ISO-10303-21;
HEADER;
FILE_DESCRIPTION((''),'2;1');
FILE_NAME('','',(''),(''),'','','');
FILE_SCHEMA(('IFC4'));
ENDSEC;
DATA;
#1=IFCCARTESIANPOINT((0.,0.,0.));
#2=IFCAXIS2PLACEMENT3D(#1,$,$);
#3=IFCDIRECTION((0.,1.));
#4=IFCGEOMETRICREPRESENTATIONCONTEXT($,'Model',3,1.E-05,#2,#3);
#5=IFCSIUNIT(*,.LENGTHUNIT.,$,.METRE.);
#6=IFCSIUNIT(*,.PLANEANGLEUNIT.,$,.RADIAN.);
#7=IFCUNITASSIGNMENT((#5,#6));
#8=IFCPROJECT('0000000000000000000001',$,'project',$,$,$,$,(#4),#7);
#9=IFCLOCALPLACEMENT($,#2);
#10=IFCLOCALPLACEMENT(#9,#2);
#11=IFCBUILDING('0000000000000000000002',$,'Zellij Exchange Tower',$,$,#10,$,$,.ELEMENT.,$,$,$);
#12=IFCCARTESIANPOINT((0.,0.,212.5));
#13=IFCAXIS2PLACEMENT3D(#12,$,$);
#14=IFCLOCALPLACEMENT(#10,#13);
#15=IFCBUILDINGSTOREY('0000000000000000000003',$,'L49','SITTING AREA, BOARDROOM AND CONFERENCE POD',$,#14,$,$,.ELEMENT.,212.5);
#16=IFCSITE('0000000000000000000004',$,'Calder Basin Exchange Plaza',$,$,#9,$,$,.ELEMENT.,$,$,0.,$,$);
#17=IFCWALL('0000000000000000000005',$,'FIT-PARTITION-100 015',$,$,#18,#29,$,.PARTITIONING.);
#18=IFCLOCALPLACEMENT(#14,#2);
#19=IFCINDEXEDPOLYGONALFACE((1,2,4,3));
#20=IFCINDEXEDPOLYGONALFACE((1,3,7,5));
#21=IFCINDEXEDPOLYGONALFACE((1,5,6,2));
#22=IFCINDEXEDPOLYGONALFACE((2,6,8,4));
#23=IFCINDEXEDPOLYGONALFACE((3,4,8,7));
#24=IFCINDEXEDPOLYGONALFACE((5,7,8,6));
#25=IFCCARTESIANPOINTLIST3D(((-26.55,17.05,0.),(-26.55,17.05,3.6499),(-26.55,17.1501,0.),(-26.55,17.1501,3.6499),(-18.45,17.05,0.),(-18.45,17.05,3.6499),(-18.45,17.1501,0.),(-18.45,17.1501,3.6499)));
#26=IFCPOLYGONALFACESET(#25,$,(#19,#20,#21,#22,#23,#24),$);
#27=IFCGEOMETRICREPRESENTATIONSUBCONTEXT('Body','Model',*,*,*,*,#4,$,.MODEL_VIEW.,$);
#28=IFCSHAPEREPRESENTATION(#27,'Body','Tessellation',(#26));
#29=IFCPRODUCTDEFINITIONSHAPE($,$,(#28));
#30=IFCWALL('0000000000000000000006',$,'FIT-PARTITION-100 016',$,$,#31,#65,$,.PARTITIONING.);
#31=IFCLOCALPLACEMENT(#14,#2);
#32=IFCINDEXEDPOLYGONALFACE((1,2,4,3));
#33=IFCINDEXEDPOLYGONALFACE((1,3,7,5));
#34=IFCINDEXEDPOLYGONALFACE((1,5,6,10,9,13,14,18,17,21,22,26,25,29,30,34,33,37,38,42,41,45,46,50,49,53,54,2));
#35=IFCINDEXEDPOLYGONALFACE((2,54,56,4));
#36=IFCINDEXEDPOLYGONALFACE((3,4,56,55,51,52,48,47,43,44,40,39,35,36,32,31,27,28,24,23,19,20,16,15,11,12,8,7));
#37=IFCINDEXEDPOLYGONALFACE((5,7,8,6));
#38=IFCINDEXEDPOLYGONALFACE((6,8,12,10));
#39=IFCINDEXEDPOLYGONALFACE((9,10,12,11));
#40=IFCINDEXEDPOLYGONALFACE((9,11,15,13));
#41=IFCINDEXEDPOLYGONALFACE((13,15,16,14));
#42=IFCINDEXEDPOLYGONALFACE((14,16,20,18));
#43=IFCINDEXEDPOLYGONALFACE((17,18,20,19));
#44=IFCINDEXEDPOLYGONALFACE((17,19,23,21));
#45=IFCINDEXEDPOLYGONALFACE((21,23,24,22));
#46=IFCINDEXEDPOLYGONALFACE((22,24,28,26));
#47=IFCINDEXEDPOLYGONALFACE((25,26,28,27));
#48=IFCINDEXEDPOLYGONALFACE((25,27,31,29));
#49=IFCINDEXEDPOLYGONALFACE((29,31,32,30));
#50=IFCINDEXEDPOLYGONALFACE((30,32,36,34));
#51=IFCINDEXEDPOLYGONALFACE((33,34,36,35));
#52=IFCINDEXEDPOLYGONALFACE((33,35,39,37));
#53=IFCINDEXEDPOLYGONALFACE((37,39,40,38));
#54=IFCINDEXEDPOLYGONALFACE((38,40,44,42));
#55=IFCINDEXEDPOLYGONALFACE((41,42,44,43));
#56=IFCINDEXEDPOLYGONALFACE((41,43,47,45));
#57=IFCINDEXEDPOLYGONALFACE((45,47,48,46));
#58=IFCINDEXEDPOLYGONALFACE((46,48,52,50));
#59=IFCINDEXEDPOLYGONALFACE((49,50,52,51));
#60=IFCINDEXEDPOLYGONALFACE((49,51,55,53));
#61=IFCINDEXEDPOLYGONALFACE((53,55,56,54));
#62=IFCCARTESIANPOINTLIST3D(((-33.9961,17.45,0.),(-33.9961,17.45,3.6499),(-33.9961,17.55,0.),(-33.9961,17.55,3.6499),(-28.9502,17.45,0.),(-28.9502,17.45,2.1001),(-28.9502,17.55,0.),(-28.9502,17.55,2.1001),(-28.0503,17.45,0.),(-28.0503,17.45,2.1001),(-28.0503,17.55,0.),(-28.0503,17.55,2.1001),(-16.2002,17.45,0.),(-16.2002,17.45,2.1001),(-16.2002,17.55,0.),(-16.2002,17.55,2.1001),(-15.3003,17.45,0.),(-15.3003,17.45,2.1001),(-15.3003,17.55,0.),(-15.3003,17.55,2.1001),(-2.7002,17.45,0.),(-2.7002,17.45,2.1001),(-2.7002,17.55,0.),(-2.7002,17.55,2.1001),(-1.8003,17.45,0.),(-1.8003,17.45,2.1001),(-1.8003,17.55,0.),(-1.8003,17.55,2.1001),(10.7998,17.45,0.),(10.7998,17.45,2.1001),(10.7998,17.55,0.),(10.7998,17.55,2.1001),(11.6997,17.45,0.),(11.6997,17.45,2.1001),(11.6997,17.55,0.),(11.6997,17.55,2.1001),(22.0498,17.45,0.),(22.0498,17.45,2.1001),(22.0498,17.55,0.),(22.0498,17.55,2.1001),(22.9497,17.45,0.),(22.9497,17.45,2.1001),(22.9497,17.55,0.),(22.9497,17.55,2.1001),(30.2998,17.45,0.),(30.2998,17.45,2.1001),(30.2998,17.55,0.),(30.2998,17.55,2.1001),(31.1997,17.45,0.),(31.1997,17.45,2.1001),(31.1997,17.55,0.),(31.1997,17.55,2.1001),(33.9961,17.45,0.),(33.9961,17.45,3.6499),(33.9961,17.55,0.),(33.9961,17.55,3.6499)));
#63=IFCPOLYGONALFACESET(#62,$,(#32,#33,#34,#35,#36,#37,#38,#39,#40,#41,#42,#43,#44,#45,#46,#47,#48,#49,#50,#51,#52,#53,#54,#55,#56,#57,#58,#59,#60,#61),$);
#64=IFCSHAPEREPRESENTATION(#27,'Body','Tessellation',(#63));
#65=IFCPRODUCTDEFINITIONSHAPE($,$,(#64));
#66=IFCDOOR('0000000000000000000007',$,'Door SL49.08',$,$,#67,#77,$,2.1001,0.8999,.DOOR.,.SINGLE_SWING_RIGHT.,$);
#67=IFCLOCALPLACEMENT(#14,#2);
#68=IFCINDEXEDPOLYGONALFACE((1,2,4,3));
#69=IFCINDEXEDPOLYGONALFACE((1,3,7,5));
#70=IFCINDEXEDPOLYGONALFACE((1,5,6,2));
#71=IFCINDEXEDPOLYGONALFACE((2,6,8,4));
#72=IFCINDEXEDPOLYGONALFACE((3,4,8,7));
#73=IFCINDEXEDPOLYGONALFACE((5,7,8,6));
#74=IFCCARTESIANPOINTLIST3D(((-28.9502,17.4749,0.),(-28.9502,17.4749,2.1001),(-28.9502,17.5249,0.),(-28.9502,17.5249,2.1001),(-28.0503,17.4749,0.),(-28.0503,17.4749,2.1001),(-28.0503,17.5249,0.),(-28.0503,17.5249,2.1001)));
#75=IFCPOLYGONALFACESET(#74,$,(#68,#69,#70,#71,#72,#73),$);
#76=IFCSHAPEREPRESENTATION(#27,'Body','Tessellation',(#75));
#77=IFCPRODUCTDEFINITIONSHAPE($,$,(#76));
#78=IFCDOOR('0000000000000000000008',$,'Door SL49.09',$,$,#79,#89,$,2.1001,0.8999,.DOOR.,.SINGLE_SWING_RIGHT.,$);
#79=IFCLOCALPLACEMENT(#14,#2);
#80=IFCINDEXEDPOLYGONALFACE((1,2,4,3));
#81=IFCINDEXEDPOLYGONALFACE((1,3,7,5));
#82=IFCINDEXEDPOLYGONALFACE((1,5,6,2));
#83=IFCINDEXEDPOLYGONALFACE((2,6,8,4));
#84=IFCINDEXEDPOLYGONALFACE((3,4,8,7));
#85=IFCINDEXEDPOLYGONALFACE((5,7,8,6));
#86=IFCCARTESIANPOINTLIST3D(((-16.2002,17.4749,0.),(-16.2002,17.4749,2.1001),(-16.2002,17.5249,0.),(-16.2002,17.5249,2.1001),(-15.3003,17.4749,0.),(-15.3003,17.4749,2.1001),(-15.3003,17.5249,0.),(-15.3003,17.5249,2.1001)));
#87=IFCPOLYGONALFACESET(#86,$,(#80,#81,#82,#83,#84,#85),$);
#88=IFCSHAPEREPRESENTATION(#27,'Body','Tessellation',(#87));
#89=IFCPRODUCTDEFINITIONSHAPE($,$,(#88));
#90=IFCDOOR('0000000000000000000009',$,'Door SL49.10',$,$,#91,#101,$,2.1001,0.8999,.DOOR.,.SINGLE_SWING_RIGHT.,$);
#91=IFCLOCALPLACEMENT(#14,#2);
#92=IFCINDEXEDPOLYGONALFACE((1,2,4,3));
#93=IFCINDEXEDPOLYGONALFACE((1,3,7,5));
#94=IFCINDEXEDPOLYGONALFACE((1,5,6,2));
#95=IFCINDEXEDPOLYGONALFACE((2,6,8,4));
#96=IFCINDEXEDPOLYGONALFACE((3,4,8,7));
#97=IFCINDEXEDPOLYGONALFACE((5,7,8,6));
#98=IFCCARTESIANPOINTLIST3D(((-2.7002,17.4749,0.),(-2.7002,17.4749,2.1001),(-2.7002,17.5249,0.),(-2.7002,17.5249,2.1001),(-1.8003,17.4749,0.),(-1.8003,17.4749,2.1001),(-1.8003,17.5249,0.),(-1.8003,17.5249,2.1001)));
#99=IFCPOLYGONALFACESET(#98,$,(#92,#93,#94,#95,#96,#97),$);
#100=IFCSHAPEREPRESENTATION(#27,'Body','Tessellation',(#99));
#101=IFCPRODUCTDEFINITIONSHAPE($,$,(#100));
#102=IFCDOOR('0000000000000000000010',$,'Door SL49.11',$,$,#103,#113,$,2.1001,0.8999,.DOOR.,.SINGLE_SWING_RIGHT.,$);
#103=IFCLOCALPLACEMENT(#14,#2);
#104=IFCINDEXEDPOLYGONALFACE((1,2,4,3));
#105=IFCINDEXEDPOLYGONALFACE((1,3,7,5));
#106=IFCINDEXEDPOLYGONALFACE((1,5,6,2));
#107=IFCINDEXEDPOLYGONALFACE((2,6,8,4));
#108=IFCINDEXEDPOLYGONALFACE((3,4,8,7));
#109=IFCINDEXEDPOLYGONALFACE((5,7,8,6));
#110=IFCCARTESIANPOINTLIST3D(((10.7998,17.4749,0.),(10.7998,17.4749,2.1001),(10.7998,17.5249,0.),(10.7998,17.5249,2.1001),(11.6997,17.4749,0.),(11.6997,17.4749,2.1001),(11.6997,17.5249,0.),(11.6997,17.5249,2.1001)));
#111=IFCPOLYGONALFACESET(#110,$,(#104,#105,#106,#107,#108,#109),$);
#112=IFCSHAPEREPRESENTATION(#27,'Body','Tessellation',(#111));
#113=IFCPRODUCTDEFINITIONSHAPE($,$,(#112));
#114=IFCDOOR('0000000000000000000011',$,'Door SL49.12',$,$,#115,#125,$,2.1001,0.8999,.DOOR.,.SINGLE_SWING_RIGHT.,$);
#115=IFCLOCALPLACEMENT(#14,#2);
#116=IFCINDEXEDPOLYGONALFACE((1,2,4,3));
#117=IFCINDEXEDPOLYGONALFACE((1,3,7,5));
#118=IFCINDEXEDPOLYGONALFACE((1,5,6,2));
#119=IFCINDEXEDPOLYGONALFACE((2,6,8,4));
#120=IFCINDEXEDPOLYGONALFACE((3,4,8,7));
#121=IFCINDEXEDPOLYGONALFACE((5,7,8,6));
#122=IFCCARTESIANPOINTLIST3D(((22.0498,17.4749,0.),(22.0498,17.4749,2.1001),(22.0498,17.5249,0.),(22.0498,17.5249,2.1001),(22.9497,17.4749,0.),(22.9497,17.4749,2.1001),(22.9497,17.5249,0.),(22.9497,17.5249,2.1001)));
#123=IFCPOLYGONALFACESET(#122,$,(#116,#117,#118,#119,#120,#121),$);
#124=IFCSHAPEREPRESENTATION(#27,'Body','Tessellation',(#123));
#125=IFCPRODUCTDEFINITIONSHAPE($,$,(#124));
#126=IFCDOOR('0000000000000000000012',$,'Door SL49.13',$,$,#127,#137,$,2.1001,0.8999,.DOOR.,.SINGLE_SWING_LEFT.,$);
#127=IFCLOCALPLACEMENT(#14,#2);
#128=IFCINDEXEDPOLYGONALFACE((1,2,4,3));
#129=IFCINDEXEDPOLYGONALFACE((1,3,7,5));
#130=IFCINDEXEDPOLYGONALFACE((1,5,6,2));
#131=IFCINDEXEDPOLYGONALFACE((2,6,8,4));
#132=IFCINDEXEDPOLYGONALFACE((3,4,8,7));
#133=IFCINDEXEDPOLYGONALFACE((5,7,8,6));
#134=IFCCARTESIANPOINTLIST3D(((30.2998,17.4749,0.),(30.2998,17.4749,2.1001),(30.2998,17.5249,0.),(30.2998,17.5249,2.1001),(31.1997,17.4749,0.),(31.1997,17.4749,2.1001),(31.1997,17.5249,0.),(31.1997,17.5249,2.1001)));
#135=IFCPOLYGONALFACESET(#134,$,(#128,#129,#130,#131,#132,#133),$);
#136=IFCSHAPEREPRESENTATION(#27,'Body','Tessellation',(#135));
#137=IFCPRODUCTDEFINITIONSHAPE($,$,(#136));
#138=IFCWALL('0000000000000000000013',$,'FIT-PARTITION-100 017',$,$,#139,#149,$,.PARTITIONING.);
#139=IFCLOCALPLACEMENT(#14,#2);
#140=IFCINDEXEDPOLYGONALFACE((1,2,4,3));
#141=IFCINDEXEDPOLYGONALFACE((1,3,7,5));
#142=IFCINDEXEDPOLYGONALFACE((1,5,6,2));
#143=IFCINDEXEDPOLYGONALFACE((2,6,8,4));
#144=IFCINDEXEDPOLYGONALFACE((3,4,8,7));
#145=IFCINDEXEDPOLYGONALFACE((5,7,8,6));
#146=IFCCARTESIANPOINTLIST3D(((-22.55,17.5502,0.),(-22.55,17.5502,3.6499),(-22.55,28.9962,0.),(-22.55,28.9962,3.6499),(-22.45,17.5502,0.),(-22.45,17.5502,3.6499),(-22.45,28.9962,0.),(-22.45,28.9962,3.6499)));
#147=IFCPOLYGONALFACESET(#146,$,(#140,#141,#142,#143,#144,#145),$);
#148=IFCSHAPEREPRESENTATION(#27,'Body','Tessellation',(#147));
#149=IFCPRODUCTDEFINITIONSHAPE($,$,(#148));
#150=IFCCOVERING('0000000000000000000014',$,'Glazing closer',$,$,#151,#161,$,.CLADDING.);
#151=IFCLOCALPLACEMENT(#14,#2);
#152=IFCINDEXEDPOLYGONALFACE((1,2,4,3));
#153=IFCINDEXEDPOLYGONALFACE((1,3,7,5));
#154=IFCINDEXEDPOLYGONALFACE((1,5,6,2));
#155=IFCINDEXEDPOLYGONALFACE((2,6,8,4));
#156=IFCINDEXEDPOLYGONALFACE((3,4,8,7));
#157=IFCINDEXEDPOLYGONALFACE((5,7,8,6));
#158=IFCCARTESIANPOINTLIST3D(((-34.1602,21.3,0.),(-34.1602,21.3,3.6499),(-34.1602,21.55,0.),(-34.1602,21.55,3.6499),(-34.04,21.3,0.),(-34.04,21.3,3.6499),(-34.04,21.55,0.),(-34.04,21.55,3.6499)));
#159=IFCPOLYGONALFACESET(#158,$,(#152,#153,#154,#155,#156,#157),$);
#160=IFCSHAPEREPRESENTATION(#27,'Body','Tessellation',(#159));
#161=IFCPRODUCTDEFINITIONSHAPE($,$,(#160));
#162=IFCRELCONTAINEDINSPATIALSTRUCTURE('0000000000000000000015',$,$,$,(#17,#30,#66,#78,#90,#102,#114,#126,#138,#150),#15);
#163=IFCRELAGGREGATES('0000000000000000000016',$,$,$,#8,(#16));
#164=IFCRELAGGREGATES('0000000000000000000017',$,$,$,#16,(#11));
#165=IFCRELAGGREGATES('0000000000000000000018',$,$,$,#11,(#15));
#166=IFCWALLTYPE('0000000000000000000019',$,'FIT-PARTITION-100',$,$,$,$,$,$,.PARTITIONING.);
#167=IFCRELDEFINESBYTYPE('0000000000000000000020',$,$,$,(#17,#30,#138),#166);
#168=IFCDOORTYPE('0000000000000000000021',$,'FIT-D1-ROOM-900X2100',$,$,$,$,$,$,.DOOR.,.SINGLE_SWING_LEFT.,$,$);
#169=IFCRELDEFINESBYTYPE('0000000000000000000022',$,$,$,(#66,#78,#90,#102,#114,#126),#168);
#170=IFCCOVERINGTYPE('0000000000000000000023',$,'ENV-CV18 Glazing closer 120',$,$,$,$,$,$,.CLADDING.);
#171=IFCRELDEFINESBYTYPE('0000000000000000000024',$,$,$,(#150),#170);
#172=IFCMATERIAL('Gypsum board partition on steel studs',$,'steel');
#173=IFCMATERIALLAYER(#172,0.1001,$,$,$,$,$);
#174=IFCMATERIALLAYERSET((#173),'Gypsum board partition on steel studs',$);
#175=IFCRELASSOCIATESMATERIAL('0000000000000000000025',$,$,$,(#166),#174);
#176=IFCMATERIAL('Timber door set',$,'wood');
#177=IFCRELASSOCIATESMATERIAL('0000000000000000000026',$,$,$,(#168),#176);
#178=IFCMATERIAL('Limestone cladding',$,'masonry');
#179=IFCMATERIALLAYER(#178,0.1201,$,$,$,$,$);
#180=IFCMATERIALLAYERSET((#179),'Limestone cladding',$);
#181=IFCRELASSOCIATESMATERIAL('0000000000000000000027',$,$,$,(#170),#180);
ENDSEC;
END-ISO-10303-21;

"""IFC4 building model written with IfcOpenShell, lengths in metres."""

from ifc_helpers import new_model, si_unit, direction, frame, frame_2d, origin, origin_2d, place, context, subcontext, project, spatial, rectangle, extrude, material, layer, layer_set, type_object, element, fill, save


model = new_model("IFC4")

# Units and contexts
model_context = context("Model", 3, precision=1e-05, world=origin(), true_north=direction((0.0, 1.0)))
body_context = subcontext(model_context, "Body", "Model", "MODEL_VIEW")
ifc_project = project(units=[si_unit("LENGTHUNIT", "METRE"), si_unit("PLANEANGLEUNIT", "RADIAN")], contexts=[model_context])

# Site, building, storey
site_placement = place(None, origin())
site = spatial("IfcSite", under=ifc_project, at=site_placement, Name="Calder Basin Exchange Plaza", CompositionType="ELEMENT", RefElevation=0.0)
building_placement = place(site_placement, origin())
building = spatial("IfcBuilding", under=site, at=building_placement, Name="Zellij Exchange Tower", CompositionType="ELEMENT")
storey_placement = place(building_placement, frame((0.0, 0.0, 212.5)))
storey = spatial("IfcBuildingStorey", under=building, at=storey_placement, Name="L49", Description="SITTING AREA, BOARDROOM AND CONFERENCE POD", CompositionType="ELEMENT", Elevation=212.5)

# Wall
ifc_material_1 = material(Name="Gypsum board partition on steel studs", Category="steel")
ifc_layer_1 = layer(ifc_material_1, 0.1001)
ifc_layer_set_1 = layer_set([ifc_layer_1], Name="Gypsum board partition on steel studs")
wall_type = type_object("IfcWallType", Name="FIT-PARTITION-100", PredefinedType="PARTITIONING", material=ifc_layer_set_1)
wall_1_placement = place(storey_placement, frame((-26.55, 17.1001, 0.0), z_axis=(0.0, 0.0, 1.0), x_axis=(1.0, 0.0, 0.0)))
element("IfcWall", 1, at=wall_1_placement, inside=storey, type_object=wall_type, Name="FIT-PARTITION-100 015", PredefinedType="PARTITIONING", context=body_context, shape_type="SweptSolid", body=[
    extrude(rectangle(XDim=8.1001, YDim=0.1001, at=frame_2d((4.05, 0.0))), origin(), (0.0, 0.0, 1.0), 3.6499),
])

# Wall, openings, doors
wall_2_placement = place(storey_placement, frame((-33.9961, 17.5, 0.0), z_axis=(0.0, 0.0, 1.0), x_axis=(1.0, 0.0, 0.0)))
wall_2 = element("IfcWall", 2, at=wall_2_placement, inside=storey, type_object=wall_type, Name="FIT-PARTITION-100 016", PredefinedType="PARTITIONING", context=body_context, shape_type="SweptSolid", body=[
    extrude(rectangle(XDim=67.9922, YDim=0.1001, at=frame_2d((33.9961, 0.0))), origin(), (0.0, 0.0, 1.0), 3.6499),
])
opening_1_placement = place(wall_2_placement, frame((5.0459, 0.0, 0.0)))
opening_1 = element("IfcOpeningElement", 3, at=opening_1_placement, cuts=wall_2, PredefinedType="OPENING", context=body_context, shape_type="SweptSolid", body=[
    extrude(rectangle(XDim=0.8999, YDim=2.1001, at=frame_2d((0.45, 1.05))), frame((0.0, 0.062, 0.0), z_axis=(0.0, -1.0, 0.0), x_axis=(1.0, 0.0, 0.0)), (0.0, 0.0, 1.0), 0.124),
])
opening_2_placement = place(wall_2_placement, frame((17.7959, 0.0, 0.0)))
opening_2 = element("IfcOpeningElement", 4, at=opening_2_placement, cuts=wall_2, PredefinedType="OPENING", context=body_context, shape_type="SweptSolid", body=[
    extrude(rectangle(XDim=0.8999, YDim=2.1001, at=frame_2d((0.45, 1.05))), frame((0.0, 0.062, 0.0), z_axis=(0.0, -1.0, 0.0), x_axis=(1.0, 0.0, 0.0)), (0.0, 0.0, 1.0), 0.124),
])
opening_3_placement = place(wall_2_placement, frame((31.2959, 0.0, 0.0)))
opening_3 = element("IfcOpeningElement", 5, at=opening_3_placement, cuts=wall_2, PredefinedType="OPENING", context=body_context, shape_type="SweptSolid", body=[
    extrude(rectangle(XDim=0.8999, YDim=2.1001, at=frame_2d((0.45, 1.05))), frame((0.0, 0.062, 0.0), z_axis=(0.0, -1.0, 0.0), x_axis=(1.0, 0.0, 0.0)), (0.0, 0.0, 1.0), 0.124),
])
opening_4_placement = place(wall_2_placement, frame((44.7959, 0.0, 0.0)))
opening_4 = element("IfcOpeningElement", 6, at=opening_4_placement, cuts=wall_2, PredefinedType="OPENING", context=body_context, shape_type="SweptSolid", body=[
    extrude(rectangle(XDim=0.8999, YDim=2.1001, at=frame_2d((0.45, 1.05))), frame((0.0, 0.062, 0.0), z_axis=(0.0, -1.0, 0.0), x_axis=(1.0, 0.0, 0.0)), (0.0, 0.0, 1.0), 0.124),
])
opening_5_placement = place(wall_2_placement, frame((56.0459, 0.0, 0.0)))
opening_5 = element("IfcOpeningElement", 7, at=opening_5_placement, cuts=wall_2, PredefinedType="OPENING", context=body_context, shape_type="SweptSolid", body=[
    extrude(rectangle(XDim=0.8999, YDim=2.1001, at=frame_2d((0.45, 1.05))), frame((0.0, 0.062, 0.0), z_axis=(0.0, -1.0, 0.0), x_axis=(1.0, 0.0, 0.0)), (0.0, 0.0, 1.0), 0.124),
])
opening_6_placement = place(wall_2_placement, frame((64.2959, 0.0, 0.0)))
opening_6 = element("IfcOpeningElement", 8, at=opening_6_placement, cuts=wall_2, PredefinedType="OPENING", context=body_context, shape_type="SweptSolid", body=[
    extrude(rectangle(XDim=0.8999, YDim=2.1001, at=frame_2d((0.45, 1.05))), frame((0.0, 0.062, 0.0), z_axis=(0.0, -1.0, 0.0), x_axis=(1.0, 0.0, 0.0)), (0.0, 0.0, 1.0), 0.124),
])
ifc_material_2 = material(Name="Timber door set", Category="wood")
door_type = type_object("IfcDoorType", Name="FIT-D1-ROOM-900X2100", OperationType="SINGLE_SWING_LEFT", PredefinedType="DOOR", material=ifc_material_2)
door_1_placement = place(opening_1_placement, origin())
door_1 = element("IfcDoor", 9, at=door_1_placement, inside=storey, type_object=door_type, Name="Door SL49.08", OperationType="SINGLE_SWING_RIGHT", OverallHeight=2.1001, OverallWidth=0.8999, PredefinedType="DOOR", context=body_context, shape_type="SweptSolid", body=[
    extrude(rectangle(XDim=0.8999, YDim=2.1001, at=frame_2d((0.45, 1.05))), frame((0.0, 0.0249, 0.0), z_axis=(0.0, -1.0, 0.0), x_axis=(1.0, 0.0, 0.0)), (0.0, 0.0, 1.0), 0.05),
])
fill(opening_1, door_1)
door_2_placement = place(opening_2_placement, origin())
door_2 = element("IfcDoor", 10, at=door_2_placement, inside=storey, type_object=door_type, Name="Door SL49.09", OperationType="SINGLE_SWING_RIGHT", OverallHeight=2.1001, OverallWidth=0.8999, PredefinedType="DOOR", context=body_context, shape_type="SweptSolid", body=[
    extrude(rectangle(XDim=0.8999, YDim=2.1001, at=frame_2d((0.45, 1.05))), frame((0.0, 0.0249, 0.0), z_axis=(0.0, -1.0, 0.0), x_axis=(1.0, 0.0, 0.0)), (0.0, 0.0, 1.0), 0.05),
])
fill(opening_2, door_2)
door_3_placement = place(opening_3_placement, origin())
door_3 = element("IfcDoor", 11, at=door_3_placement, inside=storey, type_object=door_type, Name="Door SL49.10", OperationType="SINGLE_SWING_RIGHT", OverallHeight=2.1001, OverallWidth=0.8999, PredefinedType="DOOR", context=body_context, shape_type="SweptSolid", body=[
    extrude(rectangle(XDim=0.8999, YDim=2.1001, at=frame_2d((0.45, 1.05))), frame((0.0, 0.0249, 0.0), z_axis=(0.0, -1.0, 0.0), x_axis=(1.0, 0.0, 0.0)), (0.0, 0.0, 1.0), 0.05),
])
fill(opening_3, door_3)
door_4_placement = place(opening_4_placement, origin())
door_4 = element("IfcDoor", 12, at=door_4_placement, inside=storey, type_object=door_type, Name="Door SL49.11", OperationType="SINGLE_SWING_RIGHT", OverallHeight=2.1001, OverallWidth=0.8999, PredefinedType="DOOR", context=body_context, shape_type="SweptSolid", body=[
    extrude(rectangle(XDim=0.8999, YDim=2.1001, at=frame_2d((0.45, 1.05))), frame((0.0, 0.0249, 0.0), z_axis=(0.0, -1.0, 0.0), x_axis=(1.0, 0.0, 0.0)), (0.0, 0.0, 1.0), 0.05),
])
fill(opening_4, door_4)
door_5_placement = place(opening_5_placement, origin())
door_5 = element("IfcDoor", 13, at=door_5_placement, inside=storey, type_object=door_type, Name="Door SL49.12", OperationType="SINGLE_SWING_RIGHT", OverallHeight=2.1001, OverallWidth=0.8999, PredefinedType="DOOR", context=body_context, shape_type="SweptSolid", body=[
    extrude(rectangle(XDim=0.8999, YDim=2.1001, at=frame_2d((0.45, 1.05))), frame((0.0, 0.0249, 0.0), z_axis=(0.0, -1.0, 0.0), x_axis=(1.0, 0.0, 0.0)), (0.0, 0.0, 1.0), 0.05),
])
fill(opening_5, door_5)
door_6_placement = place(opening_6_placement, origin())
door_6 = element("IfcDoor", 14, at=door_6_placement, inside=storey, type_object=door_type, Name="Door SL49.13", OperationType="SINGLE_SWING_LEFT", OverallHeight=2.1001, OverallWidth=0.8999, PredefinedType="DOOR", context=body_context, shape_type="SweptSolid", body=[
    extrude(rectangle(XDim=0.8999, YDim=2.1001, at=frame_2d((0.45, 1.05))), frame((0.0, 0.0249, 0.0), z_axis=(0.0, -1.0, 0.0), x_axis=(1.0, 0.0, 0.0)), (0.0, 0.0, 1.0), 0.05),
])
fill(opening_6, door_6)

# Wall
wall_3_placement = place(storey_placement, frame((-22.5, 17.55, 0.0), z_axis=(0.0, 0.0, 1.0), x_axis=(0.0, 1.0, 0.0)))
element("IfcWall", 15, at=wall_3_placement, inside=storey, type_object=wall_type, Name="FIT-PARTITION-100 017", PredefinedType="PARTITIONING", context=body_context, shape_type="SweptSolid", body=[
    extrude(rectangle(XDim=11.446, YDim=0.1001, at=frame_2d((5.7231, 0.0))), origin(), (0.0, 0.0, 1.0), 3.6499),
])

# Covering
ifc_material_3 = material(Name="Limestone cladding", Category="masonry")
ifc_layer_2 = layer(ifc_material_3, 0.1201)
ifc_layer_set_2 = layer_set([ifc_layer_2], Name="Limestone cladding")
covering_type = type_object("IfcCoveringType", Name="ENV-CV18 Glazing closer 120", PredefinedType="CLADDING", material=ifc_layer_set_2)
covering_placement = place(storey_placement, frame((-34.1001, 21.425, 0.0), z_axis=(0.0, 0.0, 1.0), x_axis=(0.0, 1.0, 0.0)))
element("IfcCovering", 16, at=covering_placement, inside=storey, type_object=covering_type, Name="Glazing closer", PredefinedType="CLADDING", context=body_context, shape_type="SweptSolid", body=[
    extrude(rectangle(XDim=0.25, YDim=0.1201, at=origin_2d()), origin(), (0.0, 0.0, 1.0), 3.6499),
])

save(model, "model.ifc")
